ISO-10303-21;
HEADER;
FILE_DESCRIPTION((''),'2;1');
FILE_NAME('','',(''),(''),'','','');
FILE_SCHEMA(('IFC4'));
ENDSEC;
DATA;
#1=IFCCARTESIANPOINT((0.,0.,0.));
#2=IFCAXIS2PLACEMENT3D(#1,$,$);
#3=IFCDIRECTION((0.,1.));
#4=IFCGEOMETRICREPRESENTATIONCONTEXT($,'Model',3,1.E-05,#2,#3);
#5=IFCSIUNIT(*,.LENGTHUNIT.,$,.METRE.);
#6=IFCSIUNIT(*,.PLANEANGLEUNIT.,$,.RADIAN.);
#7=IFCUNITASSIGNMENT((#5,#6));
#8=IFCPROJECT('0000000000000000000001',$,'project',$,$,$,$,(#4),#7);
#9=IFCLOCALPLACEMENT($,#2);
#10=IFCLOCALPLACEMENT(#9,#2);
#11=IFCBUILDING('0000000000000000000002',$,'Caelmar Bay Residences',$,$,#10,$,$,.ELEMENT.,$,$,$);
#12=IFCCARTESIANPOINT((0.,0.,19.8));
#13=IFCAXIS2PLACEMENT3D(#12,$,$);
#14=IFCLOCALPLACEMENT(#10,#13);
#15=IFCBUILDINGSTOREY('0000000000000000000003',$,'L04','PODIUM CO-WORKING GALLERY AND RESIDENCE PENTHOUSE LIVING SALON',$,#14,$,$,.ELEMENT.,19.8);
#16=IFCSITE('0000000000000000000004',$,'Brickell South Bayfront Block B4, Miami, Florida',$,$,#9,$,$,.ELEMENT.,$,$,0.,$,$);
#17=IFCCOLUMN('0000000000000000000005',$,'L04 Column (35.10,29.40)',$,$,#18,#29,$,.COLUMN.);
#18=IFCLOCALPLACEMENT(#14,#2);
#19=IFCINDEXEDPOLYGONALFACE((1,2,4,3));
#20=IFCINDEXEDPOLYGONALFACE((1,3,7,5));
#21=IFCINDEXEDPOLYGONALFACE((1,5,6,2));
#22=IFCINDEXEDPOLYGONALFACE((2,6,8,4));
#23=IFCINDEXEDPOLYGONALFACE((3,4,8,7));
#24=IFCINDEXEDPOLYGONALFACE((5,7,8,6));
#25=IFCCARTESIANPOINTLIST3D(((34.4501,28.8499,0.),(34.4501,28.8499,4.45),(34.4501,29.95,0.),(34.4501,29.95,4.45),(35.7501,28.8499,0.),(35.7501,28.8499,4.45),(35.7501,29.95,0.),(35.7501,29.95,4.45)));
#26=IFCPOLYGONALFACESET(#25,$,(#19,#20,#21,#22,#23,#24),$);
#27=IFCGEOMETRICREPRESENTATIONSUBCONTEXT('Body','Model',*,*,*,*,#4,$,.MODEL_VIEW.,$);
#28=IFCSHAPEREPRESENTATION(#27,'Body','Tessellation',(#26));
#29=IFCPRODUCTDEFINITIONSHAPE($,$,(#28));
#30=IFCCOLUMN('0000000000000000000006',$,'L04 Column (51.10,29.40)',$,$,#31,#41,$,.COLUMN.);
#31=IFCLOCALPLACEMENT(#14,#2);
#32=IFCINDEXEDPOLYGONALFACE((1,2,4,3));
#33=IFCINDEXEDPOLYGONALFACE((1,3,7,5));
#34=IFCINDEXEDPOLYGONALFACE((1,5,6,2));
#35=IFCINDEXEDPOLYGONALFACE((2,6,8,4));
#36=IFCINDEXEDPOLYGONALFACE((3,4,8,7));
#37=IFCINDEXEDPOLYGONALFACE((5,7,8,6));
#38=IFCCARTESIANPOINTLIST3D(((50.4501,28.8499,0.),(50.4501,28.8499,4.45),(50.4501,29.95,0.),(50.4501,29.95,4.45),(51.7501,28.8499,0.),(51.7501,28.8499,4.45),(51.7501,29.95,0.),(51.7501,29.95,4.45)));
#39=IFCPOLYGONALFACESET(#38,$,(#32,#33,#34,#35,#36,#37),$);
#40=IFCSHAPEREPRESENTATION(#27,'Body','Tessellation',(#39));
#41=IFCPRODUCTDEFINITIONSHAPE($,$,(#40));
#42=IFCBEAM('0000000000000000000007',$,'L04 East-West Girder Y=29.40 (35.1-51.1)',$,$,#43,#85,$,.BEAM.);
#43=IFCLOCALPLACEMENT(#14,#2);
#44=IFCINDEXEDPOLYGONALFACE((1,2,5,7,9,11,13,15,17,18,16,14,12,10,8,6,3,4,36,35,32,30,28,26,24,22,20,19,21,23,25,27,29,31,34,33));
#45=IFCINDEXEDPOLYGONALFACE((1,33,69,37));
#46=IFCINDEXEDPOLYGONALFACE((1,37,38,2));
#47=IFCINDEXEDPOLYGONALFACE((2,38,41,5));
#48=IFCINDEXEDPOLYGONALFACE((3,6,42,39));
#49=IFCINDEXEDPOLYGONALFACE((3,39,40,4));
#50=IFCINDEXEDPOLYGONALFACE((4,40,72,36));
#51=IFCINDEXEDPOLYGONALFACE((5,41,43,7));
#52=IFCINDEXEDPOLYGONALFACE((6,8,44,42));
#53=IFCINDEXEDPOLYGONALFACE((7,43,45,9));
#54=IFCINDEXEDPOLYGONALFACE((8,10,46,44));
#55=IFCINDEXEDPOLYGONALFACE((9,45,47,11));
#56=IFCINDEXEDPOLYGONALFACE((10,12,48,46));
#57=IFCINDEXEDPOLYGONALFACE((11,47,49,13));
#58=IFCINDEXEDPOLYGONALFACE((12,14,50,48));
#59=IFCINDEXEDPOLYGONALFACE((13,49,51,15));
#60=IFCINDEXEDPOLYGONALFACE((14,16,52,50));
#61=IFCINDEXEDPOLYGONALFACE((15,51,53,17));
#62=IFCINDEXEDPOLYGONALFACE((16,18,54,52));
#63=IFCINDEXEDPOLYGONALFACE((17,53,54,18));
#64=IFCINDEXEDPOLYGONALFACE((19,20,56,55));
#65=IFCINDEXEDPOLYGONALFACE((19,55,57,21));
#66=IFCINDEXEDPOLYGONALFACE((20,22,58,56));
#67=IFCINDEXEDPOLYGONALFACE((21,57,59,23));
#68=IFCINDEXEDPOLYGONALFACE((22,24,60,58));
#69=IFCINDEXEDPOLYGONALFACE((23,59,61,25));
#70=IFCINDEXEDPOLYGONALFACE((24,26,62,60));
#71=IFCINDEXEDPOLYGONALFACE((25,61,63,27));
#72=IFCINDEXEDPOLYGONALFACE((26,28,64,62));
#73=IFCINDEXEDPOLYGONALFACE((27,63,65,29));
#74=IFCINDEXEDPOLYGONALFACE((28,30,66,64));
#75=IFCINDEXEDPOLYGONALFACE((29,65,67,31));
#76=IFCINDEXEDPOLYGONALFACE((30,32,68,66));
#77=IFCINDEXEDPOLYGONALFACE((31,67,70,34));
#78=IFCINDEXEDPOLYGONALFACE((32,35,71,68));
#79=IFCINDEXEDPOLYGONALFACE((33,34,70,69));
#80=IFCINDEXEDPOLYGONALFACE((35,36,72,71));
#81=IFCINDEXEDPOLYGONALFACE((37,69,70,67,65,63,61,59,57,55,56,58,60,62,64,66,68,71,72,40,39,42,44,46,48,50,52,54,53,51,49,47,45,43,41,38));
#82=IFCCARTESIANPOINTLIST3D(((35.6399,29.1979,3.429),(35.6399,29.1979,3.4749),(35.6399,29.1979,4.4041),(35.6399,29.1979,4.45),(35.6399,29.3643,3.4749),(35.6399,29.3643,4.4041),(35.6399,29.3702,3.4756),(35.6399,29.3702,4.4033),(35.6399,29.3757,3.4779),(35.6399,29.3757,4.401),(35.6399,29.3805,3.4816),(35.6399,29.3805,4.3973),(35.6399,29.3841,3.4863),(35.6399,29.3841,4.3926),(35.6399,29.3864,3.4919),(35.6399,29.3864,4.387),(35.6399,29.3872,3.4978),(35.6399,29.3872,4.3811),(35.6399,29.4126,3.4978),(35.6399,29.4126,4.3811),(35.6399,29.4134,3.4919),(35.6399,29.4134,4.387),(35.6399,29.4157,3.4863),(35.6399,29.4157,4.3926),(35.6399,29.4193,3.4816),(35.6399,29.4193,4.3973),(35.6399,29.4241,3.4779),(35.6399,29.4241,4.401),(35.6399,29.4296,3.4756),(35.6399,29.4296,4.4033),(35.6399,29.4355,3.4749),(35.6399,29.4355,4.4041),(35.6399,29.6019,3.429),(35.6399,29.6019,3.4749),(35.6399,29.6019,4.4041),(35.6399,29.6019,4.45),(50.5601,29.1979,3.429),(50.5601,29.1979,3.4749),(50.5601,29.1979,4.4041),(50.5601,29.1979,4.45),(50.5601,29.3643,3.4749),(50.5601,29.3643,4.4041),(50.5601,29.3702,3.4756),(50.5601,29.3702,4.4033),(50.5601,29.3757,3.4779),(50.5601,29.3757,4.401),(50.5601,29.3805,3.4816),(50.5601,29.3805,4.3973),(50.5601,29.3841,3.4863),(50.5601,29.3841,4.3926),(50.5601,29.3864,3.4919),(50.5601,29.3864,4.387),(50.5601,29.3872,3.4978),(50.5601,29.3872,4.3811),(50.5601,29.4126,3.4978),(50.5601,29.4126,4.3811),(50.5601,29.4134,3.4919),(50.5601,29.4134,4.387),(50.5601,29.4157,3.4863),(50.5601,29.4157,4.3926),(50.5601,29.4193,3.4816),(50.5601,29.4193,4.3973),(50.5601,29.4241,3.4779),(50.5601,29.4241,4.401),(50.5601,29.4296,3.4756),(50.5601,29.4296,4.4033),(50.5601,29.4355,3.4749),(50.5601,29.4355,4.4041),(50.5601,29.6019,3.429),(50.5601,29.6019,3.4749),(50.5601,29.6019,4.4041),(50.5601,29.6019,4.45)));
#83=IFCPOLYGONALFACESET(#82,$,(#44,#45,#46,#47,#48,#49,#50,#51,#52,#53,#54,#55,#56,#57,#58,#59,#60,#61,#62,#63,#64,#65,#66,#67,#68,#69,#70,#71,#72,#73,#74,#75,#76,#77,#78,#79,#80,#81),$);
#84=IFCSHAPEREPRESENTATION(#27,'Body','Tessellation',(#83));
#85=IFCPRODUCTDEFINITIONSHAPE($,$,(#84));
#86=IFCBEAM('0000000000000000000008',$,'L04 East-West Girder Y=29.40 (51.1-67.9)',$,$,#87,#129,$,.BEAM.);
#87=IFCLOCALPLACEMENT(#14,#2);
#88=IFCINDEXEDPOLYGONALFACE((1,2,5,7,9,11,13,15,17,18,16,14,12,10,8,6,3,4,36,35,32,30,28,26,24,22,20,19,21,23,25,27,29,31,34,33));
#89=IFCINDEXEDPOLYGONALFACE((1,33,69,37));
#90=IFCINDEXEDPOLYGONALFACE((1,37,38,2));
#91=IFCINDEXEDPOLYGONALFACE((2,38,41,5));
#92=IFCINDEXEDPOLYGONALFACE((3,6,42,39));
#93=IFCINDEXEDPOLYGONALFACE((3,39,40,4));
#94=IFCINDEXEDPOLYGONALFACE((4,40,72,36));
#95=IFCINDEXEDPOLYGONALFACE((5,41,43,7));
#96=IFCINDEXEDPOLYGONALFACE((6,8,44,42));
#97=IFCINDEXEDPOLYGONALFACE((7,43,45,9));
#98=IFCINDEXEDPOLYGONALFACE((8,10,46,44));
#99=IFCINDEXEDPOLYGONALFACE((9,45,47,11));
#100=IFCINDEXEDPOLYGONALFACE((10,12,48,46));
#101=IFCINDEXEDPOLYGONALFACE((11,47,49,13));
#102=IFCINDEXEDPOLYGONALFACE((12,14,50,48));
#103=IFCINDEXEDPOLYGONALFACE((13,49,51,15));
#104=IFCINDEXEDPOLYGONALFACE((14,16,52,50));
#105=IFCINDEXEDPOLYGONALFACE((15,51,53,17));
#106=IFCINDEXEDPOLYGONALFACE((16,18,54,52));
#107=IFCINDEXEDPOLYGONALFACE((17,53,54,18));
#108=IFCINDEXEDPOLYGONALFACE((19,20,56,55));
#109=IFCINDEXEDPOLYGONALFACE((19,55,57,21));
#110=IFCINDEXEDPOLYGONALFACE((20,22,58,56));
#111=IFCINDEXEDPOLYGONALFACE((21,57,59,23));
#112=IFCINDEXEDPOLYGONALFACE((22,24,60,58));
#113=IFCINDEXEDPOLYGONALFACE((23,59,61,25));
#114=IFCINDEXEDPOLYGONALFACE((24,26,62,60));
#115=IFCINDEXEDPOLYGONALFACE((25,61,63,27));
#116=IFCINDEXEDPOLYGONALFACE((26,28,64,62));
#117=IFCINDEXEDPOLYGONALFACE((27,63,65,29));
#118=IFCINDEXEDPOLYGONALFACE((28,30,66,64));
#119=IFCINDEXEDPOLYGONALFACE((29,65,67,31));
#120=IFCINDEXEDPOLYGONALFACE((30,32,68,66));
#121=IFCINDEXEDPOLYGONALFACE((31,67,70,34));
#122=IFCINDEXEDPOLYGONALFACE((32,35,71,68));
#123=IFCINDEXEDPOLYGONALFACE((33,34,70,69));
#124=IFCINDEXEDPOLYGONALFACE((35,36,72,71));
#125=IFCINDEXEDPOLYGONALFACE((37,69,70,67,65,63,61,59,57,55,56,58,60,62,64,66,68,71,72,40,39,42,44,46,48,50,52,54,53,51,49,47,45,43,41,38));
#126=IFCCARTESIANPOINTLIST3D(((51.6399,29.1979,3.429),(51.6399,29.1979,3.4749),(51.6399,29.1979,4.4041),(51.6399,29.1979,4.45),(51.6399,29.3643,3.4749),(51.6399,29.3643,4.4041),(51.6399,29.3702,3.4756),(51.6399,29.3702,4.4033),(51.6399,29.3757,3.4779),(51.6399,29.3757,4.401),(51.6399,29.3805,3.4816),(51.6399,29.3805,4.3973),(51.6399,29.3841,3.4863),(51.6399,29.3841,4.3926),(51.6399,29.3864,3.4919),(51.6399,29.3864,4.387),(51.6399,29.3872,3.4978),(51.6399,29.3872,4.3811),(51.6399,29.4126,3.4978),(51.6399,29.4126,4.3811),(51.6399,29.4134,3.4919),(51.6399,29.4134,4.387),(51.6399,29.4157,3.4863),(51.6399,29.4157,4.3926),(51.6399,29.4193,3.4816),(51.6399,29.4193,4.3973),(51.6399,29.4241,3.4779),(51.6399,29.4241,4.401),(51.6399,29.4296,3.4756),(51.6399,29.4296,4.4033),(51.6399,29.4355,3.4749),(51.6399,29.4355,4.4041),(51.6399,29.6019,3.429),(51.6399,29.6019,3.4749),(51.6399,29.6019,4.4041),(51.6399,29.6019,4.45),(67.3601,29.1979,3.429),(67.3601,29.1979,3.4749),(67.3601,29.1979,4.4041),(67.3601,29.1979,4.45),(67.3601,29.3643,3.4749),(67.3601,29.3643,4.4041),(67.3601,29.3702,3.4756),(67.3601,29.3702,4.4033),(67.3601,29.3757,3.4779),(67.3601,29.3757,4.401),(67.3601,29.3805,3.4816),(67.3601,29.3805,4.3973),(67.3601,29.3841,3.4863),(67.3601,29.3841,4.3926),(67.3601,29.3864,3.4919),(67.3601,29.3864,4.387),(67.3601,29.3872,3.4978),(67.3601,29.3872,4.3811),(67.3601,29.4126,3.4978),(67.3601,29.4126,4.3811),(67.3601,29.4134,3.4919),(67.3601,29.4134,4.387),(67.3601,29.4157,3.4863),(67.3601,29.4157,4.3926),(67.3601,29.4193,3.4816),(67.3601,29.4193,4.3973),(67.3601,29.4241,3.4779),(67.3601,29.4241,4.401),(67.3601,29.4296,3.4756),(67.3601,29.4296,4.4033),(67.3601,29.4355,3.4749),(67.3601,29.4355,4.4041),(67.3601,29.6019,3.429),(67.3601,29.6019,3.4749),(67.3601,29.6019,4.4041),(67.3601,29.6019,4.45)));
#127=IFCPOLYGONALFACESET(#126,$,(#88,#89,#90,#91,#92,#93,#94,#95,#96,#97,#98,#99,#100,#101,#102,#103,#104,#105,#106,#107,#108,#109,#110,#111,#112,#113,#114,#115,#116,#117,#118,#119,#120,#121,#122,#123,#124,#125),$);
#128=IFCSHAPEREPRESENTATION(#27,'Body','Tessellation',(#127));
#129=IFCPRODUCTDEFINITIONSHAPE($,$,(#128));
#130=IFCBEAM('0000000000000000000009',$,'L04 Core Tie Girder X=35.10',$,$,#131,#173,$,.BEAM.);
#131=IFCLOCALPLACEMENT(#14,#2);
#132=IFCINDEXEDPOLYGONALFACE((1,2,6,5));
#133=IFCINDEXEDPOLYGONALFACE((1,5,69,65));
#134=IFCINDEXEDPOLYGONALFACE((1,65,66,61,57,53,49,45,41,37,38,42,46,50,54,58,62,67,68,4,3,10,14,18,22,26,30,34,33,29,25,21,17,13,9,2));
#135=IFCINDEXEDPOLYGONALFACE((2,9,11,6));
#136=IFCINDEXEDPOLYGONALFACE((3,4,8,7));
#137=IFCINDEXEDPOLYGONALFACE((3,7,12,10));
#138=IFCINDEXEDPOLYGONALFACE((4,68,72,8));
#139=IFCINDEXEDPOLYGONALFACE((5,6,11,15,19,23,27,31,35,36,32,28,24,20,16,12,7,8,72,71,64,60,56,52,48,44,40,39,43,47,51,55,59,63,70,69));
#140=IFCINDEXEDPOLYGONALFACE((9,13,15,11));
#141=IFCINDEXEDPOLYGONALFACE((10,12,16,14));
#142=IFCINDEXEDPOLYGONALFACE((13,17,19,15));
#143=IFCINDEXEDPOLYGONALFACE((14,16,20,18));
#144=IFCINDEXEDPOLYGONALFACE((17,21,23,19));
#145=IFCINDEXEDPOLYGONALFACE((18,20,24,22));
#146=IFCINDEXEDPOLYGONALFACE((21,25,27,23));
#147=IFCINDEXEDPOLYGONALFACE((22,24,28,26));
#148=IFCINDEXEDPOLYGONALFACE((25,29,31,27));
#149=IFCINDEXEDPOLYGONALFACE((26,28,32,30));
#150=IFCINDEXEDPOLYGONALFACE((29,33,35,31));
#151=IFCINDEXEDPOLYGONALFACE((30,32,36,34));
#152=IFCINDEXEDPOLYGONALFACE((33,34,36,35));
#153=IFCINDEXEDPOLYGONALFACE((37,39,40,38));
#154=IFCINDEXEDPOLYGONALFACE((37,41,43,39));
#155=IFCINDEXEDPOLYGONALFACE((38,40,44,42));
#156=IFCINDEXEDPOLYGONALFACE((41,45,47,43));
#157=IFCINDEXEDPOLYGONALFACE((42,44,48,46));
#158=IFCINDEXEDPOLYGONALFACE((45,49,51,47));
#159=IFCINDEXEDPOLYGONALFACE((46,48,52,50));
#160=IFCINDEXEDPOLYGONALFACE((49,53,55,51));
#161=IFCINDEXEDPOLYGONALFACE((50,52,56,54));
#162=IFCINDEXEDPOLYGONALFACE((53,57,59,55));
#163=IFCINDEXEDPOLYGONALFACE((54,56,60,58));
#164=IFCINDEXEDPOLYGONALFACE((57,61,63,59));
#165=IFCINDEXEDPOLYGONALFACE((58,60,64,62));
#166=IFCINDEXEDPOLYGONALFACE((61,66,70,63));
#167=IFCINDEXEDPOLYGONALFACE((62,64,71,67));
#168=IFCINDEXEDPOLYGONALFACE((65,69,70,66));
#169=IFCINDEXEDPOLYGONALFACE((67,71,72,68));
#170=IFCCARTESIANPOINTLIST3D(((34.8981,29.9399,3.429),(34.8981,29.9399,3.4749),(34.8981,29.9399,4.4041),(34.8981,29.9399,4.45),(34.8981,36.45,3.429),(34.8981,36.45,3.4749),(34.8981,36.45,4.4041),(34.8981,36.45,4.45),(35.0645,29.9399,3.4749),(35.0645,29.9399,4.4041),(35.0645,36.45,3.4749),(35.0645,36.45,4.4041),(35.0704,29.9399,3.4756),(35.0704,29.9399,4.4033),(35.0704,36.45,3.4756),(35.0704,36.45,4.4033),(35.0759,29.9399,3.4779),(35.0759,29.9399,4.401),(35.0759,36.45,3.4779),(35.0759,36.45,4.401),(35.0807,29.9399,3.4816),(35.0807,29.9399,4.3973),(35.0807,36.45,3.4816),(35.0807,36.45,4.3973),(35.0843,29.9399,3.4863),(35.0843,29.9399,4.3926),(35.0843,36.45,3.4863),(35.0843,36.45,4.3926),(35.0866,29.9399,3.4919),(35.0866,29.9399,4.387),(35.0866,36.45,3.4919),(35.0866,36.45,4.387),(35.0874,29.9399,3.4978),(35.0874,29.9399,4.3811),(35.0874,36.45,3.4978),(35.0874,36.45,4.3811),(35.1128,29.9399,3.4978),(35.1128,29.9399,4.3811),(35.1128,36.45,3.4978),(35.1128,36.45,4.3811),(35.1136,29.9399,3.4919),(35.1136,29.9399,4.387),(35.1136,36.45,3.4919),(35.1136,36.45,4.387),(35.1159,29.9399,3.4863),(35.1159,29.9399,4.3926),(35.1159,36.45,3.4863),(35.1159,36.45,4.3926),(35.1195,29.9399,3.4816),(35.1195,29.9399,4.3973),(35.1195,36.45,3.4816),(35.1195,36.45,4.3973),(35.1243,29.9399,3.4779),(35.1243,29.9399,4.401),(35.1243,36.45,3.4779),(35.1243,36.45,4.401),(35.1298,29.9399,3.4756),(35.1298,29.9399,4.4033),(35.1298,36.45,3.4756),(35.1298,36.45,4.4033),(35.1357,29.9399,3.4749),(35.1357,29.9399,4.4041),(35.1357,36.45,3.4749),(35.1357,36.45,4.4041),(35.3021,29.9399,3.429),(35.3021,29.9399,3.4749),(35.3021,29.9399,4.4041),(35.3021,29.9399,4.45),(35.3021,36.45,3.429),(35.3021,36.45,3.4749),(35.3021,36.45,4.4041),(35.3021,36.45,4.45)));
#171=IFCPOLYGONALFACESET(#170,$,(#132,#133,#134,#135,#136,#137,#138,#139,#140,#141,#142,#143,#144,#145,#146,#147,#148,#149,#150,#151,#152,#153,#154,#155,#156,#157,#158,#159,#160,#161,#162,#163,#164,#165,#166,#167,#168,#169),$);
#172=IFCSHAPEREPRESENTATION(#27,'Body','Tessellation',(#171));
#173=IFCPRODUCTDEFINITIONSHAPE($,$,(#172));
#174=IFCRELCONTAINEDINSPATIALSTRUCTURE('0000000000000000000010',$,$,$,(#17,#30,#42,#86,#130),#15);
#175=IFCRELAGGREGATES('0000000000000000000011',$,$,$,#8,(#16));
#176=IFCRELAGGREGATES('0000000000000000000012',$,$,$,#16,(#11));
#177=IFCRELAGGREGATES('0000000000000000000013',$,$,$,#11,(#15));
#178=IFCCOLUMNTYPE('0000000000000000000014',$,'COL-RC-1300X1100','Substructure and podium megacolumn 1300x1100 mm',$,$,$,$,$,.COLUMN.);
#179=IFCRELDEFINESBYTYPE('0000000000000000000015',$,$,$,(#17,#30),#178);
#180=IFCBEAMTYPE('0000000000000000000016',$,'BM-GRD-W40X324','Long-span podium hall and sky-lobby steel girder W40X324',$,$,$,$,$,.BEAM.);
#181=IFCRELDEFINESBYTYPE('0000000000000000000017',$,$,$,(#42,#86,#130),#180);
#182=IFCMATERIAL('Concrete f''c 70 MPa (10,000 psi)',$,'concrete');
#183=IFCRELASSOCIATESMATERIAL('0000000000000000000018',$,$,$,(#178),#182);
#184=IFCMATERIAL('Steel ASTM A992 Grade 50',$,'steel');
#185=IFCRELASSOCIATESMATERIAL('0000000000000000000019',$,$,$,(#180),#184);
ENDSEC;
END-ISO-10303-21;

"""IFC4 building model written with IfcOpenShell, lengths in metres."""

from ifc_helpers import new_model, si_unit, direction, frame, origin, origin_2d, place, context, subcontext, project, spatial, rectangle, i_section, extrude, material, material_profile, profile_set, type_object, element, save


model = new_model("IFC4")

# Units and contexts
model_context = context("Model", 3, precision=1e-05, world=origin(), true_north=direction((0.0, 1.0)))
body_context = subcontext(model_context, "Body", "Model", "MODEL_VIEW")
ifc_project = project(units=[si_unit("LENGTHUNIT", "METRE"), si_unit("PLANEANGLEUNIT", "RADIAN")], contexts=[model_context])

# Site, building, storey
site_placement = place(None, origin())
site = spatial("IfcSite", under=ifc_project, at=site_placement, Name="Brickell South Bayfront Block B4, Miami, Florida", CompositionType="ELEMENT", RefElevation=0.0)
building_placement = place(site_placement, origin())
building = spatial("IfcBuilding", under=site, at=building_placement, Name="Caelmar Bay Residences", CompositionType="ELEMENT")
storey_placement = place(building_placement, frame((0.0, 0.0, 19.8)))
storey = spatial("IfcBuildingStorey", under=building, at=storey_placement, Name="L04", Description="PODIUM CO-WORKING GALLERY AND RESIDENCE PENTHOUSE LIVING SALON", CompositionType="ELEMENT", Elevation=19.8)

# Columns
ifc_material_1 = material(Name="Concrete f'c 70 MPa (10,000 psi)", Category="concrete")
ifc_material_profile_1 = material_profile(ifc_material_1, rectangle(XDim=1.3, YDim=1.1001, at=origin_2d()), Name="RC-COL-1300X1100")
ifc_profile_set_1 = profile_set([ifc_material_profile_1], Name="Concrete f'c 70 MPa (10,000 psi)")
column_type = type_object("IfcColumnType", Name="COL-RC-1300X1100", Description="Substructure and podium megacolumn 1300x1100 mm", PredefinedType="COLUMN", material=ifc_profile_set_1)
for number, where, z_axis, x_axis, name in (
    (1, (35.1001, 29.3999, 0.0), (0.0, 0.0, 1.0), (1.0, 0.0, 0.0), "L04 Column (35.10,29.40)"),
    (2, (51.1001, 29.3999, 0.0), (0.0, 0.0, 1.0), (1.0, 0.0, 0.0), "L04 Column (51.10,29.40)"),
):
    element("IfcColumn", number, at=place(storey_placement, frame(where, z_axis=z_axis, x_axis=x_axis)), inside=storey, type_object=column_type, Name=name, PredefinedType="COLUMN", context=body_context, shape_type="SweptSolid", body=[
        extrude(rectangle(XDim=1.3, YDim=1.1001, at=origin_2d()), origin(), (0.0, 0.0, 1.0), 4.45),
    ])

# Beams
ifc_material_2 = material(Name="Steel ASTM A992 Grade 50", Category="steel")
ifc_material_profile_2 = material_profile(ifc_material_2, i_section(OverallWidth=0.4041, OverallDepth=1.021, WebThickness=0.0254, FlangeThickness=0.0459, FilletRadius=0.0229, at=origin_2d()), Name="W40X324")
ifc_profile_set_2 = profile_set([ifc_material_profile_2], Name="Steel ASTM A992 Grade 50")
beam_type_1 = type_object("IfcBeamType", Name="BM-GRD-W40X324", Description="Long-span podium hall and sky-lobby steel girder W40X324", PredefinedType="BEAM", material=ifc_profile_set_2)
beam_1_placement = place(storey_placement, frame((35.6399, 29.3999, 3.9395), z_axis=(1.0, 0.0, 0.0), x_axis=(0.0, 1.0, 0.0)))
element("IfcBeam", 3, at=beam_1_placement, inside=storey, type_object=beam_type_1, Name="L04 East-West Girder Y=29.40 (35.1-51.1)", PredefinedType="BEAM", context=body_context, shape_type="SweptSolid", body=[
    extrude(i_section(OverallWidth=0.4041, OverallDepth=1.021, WebThickness=0.0254, FlangeThickness=0.0459, FilletRadius=0.0229, at=origin_2d()), origin(), (0.0, 0.0, 1.0), 14.9202),
])
beam_2_placement = place(storey_placement, frame((51.6399, 29.3999, 3.9395), z_axis=(1.0, 0.0, 0.0), x_axis=(0.0, 1.0, 0.0)))
element("IfcBeam", 4, at=beam_2_placement, inside=storey, type_object=beam_type_1, Name="L04 East-West Girder Y=29.40 (51.1-67.9)", PredefinedType="BEAM", context=body_context, shape_type="SweptSolid", body=[
    extrude(i_section(OverallWidth=0.4041, OverallDepth=1.021, WebThickness=0.0254, FlangeThickness=0.0459, FilletRadius=0.0229, at=origin_2d()), origin(), (0.0, 0.0, 1.0), 15.7202),
])
for number, where, z_axis, x_axis, name in (
    (5, (35.1001, 29.9399, 3.9395), (0.0, 1.0, 0.0), (-1.0, 0.0, 0.0), "L04 Core Tie Girder X=35.10"),
):
    element("IfcBeam", number, at=place(storey_placement, frame(where, z_axis=z_axis, x_axis=x_axis)), inside=storey, type_object=beam_type_1, Name=name, PredefinedType="BEAM", context=body_context, shape_type="SweptSolid", body=[
        extrude(i_section(OverallWidth=0.4041, OverallDepth=1.021, WebThickness=0.0254, FlangeThickness=0.0459, FilletRadius=0.0229, at=origin_2d()), origin(), (0.0, 0.0, 1.0), 6.51),
    ])

save(model, "model.ifc")
